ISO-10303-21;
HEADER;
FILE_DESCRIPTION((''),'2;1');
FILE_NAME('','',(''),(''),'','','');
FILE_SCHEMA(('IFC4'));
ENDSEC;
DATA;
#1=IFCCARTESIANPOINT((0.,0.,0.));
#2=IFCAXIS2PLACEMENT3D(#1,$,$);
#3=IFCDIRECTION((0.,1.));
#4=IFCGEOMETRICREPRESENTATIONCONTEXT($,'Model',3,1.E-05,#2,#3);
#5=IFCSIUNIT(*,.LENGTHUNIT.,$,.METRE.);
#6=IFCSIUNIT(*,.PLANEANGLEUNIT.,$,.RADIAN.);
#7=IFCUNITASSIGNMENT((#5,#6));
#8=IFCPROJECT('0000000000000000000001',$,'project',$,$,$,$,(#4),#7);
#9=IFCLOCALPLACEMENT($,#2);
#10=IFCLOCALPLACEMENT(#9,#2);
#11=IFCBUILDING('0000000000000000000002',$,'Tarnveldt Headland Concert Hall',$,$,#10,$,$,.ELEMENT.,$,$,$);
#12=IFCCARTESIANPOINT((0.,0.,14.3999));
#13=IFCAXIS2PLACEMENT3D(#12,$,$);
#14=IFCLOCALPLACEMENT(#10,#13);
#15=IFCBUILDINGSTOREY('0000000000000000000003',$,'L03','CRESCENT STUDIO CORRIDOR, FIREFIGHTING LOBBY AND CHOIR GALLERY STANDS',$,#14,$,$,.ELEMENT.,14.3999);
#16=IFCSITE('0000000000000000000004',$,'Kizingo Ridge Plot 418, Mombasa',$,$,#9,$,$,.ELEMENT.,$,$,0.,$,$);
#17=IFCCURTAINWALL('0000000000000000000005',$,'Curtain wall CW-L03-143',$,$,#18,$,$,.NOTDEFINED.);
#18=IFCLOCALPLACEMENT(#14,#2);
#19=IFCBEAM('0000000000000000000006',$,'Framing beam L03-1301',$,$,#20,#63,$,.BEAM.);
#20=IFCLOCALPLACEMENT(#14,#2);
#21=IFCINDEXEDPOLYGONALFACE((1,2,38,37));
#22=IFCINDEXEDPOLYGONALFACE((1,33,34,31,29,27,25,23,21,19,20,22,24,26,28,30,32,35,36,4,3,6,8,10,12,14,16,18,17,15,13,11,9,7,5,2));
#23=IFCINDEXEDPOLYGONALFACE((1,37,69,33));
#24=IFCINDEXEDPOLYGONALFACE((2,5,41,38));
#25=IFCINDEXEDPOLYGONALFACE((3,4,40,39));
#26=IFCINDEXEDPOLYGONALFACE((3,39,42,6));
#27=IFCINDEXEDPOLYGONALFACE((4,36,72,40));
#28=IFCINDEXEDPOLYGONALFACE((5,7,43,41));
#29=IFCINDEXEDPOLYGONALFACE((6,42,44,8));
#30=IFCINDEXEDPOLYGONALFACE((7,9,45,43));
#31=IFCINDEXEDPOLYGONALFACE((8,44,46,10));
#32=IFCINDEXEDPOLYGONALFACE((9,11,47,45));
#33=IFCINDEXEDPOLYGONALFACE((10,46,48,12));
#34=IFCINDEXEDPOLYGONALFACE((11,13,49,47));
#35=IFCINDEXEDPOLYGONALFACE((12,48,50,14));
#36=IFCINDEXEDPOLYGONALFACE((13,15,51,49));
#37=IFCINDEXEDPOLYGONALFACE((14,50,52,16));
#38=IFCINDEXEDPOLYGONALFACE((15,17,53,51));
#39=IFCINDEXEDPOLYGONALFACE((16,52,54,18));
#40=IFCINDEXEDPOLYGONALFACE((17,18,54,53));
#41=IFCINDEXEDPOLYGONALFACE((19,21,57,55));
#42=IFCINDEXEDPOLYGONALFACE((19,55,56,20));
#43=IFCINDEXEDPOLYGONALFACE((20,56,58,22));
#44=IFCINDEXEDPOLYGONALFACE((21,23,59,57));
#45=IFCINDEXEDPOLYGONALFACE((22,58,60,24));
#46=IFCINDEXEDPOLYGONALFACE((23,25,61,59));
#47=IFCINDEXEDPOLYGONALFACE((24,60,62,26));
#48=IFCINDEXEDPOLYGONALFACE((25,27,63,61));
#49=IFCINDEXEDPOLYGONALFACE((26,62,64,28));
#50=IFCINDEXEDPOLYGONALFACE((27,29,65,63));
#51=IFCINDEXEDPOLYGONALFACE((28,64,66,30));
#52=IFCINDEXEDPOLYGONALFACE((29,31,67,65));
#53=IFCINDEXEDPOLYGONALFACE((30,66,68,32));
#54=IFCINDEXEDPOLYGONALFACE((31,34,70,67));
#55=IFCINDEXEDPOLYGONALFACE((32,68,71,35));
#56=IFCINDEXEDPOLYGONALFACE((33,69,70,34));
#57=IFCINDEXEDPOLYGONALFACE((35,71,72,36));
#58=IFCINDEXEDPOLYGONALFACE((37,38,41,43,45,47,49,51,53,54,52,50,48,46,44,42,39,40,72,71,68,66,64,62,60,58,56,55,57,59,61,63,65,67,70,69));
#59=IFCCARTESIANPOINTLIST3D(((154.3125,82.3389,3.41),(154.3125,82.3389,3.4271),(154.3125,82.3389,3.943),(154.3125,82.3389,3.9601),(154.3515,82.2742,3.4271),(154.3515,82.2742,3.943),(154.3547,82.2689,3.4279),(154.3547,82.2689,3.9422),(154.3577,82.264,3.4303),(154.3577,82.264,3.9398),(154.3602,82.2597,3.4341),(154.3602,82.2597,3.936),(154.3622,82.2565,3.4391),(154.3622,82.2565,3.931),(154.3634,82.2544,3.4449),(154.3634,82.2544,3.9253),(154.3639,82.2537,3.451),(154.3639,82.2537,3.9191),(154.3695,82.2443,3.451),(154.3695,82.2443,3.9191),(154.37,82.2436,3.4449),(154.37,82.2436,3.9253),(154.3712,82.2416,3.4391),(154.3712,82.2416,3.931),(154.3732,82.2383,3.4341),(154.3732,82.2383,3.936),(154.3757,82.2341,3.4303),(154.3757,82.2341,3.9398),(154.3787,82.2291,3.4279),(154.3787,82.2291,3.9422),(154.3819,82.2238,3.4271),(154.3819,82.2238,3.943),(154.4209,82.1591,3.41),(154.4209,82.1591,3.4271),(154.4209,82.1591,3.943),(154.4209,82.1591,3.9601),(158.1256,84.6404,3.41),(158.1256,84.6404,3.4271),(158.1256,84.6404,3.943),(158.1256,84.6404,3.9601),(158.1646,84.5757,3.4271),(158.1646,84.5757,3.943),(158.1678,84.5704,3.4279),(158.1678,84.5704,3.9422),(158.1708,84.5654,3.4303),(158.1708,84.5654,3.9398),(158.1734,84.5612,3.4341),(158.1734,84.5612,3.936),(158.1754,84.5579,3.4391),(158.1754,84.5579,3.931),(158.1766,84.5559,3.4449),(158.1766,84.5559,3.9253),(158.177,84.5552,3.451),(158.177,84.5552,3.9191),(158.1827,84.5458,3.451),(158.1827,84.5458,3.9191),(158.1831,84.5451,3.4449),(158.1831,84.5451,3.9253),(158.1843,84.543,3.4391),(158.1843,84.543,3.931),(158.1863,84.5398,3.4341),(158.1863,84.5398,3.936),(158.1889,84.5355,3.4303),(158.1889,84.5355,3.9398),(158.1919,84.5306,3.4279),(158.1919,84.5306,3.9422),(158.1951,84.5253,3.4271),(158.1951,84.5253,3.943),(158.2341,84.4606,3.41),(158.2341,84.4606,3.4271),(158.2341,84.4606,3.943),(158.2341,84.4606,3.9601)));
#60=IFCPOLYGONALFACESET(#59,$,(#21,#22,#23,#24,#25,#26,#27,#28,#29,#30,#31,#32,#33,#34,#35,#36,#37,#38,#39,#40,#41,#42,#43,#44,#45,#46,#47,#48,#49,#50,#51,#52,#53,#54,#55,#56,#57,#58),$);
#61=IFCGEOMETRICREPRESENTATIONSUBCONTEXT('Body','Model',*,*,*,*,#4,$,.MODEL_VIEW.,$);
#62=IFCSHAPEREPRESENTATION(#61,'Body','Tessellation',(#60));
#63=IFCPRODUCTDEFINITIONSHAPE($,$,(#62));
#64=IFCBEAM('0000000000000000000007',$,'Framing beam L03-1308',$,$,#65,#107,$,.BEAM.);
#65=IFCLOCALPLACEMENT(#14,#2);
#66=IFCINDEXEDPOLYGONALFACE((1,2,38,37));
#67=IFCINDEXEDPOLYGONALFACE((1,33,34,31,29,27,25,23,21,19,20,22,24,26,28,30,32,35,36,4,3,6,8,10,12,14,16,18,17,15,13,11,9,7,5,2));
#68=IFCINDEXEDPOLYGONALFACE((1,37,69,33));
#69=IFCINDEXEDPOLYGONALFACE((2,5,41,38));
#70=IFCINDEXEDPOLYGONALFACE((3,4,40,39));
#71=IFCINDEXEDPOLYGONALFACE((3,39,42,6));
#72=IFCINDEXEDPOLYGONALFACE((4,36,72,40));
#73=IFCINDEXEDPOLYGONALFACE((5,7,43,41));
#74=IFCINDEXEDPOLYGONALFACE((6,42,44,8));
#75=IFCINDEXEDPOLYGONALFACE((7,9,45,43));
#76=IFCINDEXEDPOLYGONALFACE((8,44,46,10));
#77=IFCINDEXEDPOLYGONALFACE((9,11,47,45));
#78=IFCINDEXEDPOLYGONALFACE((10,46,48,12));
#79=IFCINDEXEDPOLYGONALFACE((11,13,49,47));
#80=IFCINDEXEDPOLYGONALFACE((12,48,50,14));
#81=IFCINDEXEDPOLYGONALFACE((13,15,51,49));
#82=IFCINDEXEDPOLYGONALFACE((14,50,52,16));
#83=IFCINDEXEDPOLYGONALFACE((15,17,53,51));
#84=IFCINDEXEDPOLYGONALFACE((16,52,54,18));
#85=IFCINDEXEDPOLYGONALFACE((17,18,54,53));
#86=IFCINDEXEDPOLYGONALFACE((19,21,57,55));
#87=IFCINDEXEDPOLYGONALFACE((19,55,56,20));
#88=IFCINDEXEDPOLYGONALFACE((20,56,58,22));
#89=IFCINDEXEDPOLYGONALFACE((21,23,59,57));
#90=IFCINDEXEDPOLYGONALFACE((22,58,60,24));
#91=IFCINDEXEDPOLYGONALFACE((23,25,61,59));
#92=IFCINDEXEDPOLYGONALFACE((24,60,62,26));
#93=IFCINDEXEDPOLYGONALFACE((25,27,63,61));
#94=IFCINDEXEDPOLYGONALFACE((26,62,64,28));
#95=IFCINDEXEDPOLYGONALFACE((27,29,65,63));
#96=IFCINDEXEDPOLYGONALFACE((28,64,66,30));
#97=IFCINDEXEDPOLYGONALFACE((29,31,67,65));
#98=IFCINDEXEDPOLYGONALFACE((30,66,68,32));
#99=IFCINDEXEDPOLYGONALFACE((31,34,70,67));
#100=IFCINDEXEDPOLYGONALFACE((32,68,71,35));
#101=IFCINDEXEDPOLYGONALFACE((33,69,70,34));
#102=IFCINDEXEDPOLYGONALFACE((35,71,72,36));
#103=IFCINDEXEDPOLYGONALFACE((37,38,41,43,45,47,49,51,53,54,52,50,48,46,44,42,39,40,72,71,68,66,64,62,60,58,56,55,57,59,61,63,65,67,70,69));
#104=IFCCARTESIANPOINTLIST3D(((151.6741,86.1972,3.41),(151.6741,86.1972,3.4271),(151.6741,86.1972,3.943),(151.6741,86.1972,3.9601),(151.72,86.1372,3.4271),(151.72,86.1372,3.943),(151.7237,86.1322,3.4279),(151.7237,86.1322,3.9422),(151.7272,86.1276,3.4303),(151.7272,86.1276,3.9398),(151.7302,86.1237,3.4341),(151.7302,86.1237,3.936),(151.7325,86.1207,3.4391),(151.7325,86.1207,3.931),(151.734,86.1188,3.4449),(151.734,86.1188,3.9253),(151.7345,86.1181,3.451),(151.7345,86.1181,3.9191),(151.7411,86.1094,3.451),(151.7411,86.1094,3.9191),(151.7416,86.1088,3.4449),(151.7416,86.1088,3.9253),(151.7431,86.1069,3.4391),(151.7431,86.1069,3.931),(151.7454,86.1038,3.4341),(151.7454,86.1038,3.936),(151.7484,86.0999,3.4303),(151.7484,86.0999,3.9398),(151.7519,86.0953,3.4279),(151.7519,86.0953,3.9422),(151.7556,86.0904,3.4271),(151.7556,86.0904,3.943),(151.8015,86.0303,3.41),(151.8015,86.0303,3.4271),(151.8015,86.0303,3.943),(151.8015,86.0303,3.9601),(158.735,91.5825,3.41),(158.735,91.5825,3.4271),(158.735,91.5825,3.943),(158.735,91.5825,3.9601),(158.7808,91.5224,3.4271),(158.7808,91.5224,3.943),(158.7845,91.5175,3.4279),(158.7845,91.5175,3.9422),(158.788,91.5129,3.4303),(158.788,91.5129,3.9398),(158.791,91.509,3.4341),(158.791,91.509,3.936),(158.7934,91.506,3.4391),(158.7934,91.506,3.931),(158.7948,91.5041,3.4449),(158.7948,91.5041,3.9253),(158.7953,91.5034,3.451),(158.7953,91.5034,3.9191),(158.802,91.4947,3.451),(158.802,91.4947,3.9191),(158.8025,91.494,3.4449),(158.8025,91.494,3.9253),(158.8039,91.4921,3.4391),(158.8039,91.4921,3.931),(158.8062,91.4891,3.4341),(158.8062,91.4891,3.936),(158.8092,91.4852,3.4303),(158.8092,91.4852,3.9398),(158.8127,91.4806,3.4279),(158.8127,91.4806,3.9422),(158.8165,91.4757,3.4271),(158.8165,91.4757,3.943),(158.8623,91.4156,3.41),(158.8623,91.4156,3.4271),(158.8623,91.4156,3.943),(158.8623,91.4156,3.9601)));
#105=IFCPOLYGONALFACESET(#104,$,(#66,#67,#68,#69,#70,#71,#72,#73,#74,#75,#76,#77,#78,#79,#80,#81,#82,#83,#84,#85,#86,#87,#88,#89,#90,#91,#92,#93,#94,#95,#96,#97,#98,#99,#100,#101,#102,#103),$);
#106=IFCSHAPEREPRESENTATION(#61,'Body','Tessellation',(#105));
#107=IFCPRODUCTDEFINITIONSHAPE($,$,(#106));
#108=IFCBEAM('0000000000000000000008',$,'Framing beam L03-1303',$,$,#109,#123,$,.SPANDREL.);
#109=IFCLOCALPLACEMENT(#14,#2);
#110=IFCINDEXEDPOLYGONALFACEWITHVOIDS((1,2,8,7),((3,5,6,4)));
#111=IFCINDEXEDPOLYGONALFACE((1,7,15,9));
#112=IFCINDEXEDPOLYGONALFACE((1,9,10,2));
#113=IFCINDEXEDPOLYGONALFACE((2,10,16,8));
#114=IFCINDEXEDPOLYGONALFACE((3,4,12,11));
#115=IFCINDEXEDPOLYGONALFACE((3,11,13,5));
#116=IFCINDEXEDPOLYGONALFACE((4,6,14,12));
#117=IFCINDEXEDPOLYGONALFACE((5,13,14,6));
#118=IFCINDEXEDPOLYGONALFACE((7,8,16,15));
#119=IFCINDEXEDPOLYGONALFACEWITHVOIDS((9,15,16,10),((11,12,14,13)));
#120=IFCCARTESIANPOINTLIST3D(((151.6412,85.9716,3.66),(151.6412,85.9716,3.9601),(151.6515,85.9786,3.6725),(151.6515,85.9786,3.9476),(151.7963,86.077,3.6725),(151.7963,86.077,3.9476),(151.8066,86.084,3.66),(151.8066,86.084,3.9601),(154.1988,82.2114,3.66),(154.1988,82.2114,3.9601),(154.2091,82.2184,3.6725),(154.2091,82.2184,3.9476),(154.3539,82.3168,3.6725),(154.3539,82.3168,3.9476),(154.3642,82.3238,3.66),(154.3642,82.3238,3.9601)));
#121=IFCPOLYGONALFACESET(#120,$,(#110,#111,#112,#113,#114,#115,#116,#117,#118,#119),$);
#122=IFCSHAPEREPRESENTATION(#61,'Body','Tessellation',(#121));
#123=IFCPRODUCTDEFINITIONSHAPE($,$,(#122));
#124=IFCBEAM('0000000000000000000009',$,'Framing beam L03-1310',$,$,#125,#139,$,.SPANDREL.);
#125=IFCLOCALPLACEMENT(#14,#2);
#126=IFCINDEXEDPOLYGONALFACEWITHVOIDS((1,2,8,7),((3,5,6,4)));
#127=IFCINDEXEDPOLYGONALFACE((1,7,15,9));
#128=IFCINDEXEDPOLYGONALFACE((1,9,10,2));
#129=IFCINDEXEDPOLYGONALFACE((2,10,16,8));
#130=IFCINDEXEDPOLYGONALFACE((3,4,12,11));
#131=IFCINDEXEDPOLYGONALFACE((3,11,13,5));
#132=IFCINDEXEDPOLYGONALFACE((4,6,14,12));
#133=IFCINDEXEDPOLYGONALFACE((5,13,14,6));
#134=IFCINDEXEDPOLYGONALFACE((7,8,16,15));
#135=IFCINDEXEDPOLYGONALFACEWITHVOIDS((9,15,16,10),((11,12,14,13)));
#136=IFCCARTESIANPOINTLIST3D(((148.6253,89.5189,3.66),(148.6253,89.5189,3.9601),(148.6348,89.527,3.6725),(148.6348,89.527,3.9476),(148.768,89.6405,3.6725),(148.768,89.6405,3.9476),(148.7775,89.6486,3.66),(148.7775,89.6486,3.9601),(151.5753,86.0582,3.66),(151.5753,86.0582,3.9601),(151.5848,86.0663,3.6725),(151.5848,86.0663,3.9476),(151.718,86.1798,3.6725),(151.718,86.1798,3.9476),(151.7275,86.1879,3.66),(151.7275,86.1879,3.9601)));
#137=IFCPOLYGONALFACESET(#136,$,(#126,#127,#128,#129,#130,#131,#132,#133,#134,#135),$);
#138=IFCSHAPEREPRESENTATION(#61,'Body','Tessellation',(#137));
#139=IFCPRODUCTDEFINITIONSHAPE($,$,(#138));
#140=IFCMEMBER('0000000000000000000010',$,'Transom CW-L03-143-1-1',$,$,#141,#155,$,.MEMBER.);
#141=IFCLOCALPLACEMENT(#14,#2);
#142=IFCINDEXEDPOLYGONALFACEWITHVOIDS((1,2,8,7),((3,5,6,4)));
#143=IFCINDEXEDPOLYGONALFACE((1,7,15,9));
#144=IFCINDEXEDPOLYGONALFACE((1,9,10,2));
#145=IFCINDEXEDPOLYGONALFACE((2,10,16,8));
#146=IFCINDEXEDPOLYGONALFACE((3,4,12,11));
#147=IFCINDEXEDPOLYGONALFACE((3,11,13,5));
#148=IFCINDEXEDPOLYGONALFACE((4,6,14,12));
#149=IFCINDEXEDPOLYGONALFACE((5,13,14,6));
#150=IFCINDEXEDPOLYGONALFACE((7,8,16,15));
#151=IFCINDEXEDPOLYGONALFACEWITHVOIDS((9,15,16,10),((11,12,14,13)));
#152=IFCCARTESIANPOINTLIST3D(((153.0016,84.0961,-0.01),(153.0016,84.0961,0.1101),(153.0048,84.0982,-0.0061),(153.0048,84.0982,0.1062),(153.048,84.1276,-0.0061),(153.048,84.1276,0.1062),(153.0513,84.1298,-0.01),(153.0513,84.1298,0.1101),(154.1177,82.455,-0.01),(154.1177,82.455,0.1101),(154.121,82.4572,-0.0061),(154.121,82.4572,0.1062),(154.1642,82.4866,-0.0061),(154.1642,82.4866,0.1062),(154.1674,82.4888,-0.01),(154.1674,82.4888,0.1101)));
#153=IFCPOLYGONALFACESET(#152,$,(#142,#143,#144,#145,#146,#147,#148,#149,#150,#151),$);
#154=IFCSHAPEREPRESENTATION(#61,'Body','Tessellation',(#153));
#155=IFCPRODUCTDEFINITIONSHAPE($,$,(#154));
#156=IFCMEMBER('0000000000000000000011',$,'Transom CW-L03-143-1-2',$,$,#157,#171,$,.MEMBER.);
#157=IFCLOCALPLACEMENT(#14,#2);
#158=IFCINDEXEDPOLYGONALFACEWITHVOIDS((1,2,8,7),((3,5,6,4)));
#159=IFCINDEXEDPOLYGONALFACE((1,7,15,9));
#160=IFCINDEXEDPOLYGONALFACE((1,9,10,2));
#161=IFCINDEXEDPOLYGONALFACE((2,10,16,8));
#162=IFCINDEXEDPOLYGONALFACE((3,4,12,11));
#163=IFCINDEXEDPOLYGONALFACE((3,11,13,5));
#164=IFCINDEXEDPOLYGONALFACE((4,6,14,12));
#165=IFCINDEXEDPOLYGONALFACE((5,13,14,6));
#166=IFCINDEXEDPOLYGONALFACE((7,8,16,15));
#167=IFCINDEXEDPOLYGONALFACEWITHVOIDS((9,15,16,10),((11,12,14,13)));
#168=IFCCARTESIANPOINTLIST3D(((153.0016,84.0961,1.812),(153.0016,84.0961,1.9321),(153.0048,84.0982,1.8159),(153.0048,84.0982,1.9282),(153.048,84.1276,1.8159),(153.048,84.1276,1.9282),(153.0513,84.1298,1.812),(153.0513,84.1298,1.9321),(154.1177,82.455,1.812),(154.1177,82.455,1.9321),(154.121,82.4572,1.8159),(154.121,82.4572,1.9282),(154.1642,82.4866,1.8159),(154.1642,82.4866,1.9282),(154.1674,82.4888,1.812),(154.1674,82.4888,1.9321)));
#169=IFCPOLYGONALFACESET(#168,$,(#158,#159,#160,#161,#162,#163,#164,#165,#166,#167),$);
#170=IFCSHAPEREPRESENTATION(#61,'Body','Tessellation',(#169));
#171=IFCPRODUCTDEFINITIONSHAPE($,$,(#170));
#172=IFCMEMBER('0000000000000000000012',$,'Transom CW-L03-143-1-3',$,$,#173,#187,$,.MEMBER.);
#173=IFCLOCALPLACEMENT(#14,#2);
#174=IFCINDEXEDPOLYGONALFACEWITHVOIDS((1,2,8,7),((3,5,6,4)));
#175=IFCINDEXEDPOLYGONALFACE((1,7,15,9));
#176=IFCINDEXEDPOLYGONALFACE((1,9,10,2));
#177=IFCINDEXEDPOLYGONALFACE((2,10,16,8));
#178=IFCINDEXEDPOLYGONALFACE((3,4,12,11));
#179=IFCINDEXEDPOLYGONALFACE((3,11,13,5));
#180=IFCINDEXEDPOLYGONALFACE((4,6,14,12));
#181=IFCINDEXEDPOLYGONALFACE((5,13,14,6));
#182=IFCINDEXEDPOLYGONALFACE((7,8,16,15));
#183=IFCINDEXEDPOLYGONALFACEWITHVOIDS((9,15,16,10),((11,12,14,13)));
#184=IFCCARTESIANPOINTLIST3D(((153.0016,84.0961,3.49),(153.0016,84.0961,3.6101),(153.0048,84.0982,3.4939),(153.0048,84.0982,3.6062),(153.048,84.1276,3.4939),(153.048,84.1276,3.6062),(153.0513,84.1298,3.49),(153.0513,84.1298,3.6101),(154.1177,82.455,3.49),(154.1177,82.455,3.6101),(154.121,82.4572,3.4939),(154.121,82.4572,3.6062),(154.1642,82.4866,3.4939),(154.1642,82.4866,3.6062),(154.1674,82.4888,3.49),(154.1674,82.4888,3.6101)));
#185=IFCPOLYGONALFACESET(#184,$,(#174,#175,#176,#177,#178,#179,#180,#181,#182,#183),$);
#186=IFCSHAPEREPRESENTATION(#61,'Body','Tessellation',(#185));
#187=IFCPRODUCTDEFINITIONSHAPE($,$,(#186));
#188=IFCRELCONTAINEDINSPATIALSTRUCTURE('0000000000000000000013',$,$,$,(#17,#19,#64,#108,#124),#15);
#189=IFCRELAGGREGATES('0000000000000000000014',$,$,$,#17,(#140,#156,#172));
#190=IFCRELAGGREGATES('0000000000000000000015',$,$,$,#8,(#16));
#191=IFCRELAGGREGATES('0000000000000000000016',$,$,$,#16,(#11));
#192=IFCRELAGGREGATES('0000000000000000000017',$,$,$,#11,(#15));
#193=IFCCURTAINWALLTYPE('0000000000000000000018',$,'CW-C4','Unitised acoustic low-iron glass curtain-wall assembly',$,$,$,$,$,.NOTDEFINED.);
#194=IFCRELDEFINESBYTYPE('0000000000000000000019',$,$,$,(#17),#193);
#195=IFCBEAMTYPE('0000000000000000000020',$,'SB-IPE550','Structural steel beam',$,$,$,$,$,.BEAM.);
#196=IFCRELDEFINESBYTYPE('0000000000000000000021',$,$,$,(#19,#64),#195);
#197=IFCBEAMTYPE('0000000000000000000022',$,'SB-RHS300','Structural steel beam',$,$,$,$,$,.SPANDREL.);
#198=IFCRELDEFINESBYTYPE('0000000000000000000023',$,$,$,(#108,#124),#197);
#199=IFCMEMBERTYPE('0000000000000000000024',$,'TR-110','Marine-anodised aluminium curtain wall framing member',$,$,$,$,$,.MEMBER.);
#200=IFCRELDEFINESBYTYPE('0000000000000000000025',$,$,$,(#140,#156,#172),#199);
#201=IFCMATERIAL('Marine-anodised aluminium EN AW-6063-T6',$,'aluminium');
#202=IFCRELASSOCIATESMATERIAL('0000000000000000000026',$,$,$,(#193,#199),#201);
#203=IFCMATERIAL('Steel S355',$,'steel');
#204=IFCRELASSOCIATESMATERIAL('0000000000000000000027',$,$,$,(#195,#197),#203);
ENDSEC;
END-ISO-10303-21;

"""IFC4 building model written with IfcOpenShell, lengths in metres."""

from ifc_helpers import new_model, si_unit, direction, frame, origin, origin_2d, place, context, subcontext, project, spatial, hollow_rectangle, i_section, extrude, material, material_profile, profile_set, type_object, element, aggregate, save


model = new_model("IFC4")

# Units and contexts
model_context = context("Model", 3, precision=1e-05, world=origin(), true_north=direction((0.0, 1.0)))
body_context = subcontext(model_context, "Body", "Model", "MODEL_VIEW")
ifc_project = project(units=[si_unit("LENGTHUNIT", "METRE"), si_unit("PLANEANGLEUNIT", "RADIAN")], contexts=[model_context])

# Site, building, storey
site_placement = place(None, origin())
site = spatial("IfcSite", under=ifc_project, at=site_placement, Name="Kizingo Ridge Plot 418, Mombasa", CompositionType="ELEMENT", RefElevation=0.0)
building_placement = place(site_placement, origin())
building = spatial("IfcBuilding", under=site, at=building_placement, Name="Tarnveldt Headland Concert Hall", CompositionType="ELEMENT")
storey_placement = place(building_placement, frame((0.0, 0.0, 14.3999)))
storey = spatial("IfcBuildingStorey", under=building, at=storey_placement, Name="L03", Description="CRESCENT STUDIO CORRIDOR, FIREFIGHTING LOBBY AND CHOIR GALLERY STANDS", CompositionType="ELEMENT", Elevation=14.3999)

# Shared definitions
ifc_material_1 = material(Name="Steel S355", Category="steel")

# Curtain wall
ifc_material_2 = material(Name="Marine-anodised aluminium EN AW-6063-T6", Category="aluminium")
curtain_wall_type = type_object("IfcCurtainWallType", Name="CW-C4", Description="Unitised acoustic low-iron glass curtain-wall assembly", PredefinedType="NOTDEFINED", material=ifc_material_2)
curtain_wall_1_placement = place(storey_placement, origin())
curtain_wall_1 = element("IfcCurtainWall", 1, at=curtain_wall_1_placement, inside=storey, type_object=curtain_wall_type, Name="Curtain wall CW-L03-143", PredefinedType="NOTDEFINED")

# Beams
ifc_material_profile_1 = material_profile(ifc_material_1, i_section(OverallWidth=0.21, OverallDepth=0.55, WebThickness=0.011, FlangeThickness=0.0171, FilletRadius=0.0239, at=origin_2d()), Name="IPE550", Category="steel")
ifc_profile_set_1 = profile_set([ifc_material_profile_1], Name="Steel S355")
beam_type_1 = type_object("IfcBeamType", Name="SB-IPE550", Description="Structural steel beam", PredefinedType="BEAM", material=ifc_profile_set_1)
beam_1_placement = place(storey_placement, frame((154.3667, 82.249, 3.6851), z_axis=(0.856145, 0.516735, 0.0), x_axis=(-0.516735, 0.856145, 0.0)))
element("IfcBeam", 2, at=beam_1_placement, inside=storey, type_object=beam_type_1, Name="Framing beam L03-1301", PredefinedType="BEAM", context=body_context, shape_type="SweptSolid", body=[
    extrude(i_section(OverallWidth=0.21, OverallDepth=0.55, WebThickness=0.011, FlangeThickness=0.0171, FilletRadius=0.0239, at=origin_2d()), origin(), (0.0, 0.0, 1.0), 4.4539),
])
beam_2_placement = place(storey_placement, frame((151.7378, 86.1138, 3.6851), z_axis=(0.795127, 0.606442, 0.0), x_axis=(-0.606442, 0.795127, 0.0)))
element("IfcBeam", 3, at=beam_2_placement, inside=storey, type_object=beam_type_1, Name="Framing beam L03-1308", PredefinedType="BEAM", context=body_context, shape_type="SweptSolid", body=[
    extrude(i_section(OverallWidth=0.21, OverallDepth=0.55, WebThickness=0.011, FlangeThickness=0.0171, FilletRadius=0.0239, at=origin_2d()), origin(), (0.0, 0.0, 1.0), 8.8801),
])
ifc_material_profile_2 = material_profile(ifc_material_1, hollow_rectangle(XDim=0.2, YDim=0.3, WallThickness=0.0125, at=origin_2d()), Name="RHS 300x200x12.5", Category="steel")
ifc_profile_set_2 = profile_set([ifc_material_profile_2], Name="Steel S355")
beam_type_2 = type_object("IfcBeamType", Name="SB-RHS300", Description="Structural steel beam", PredefinedType="SPANDREL", material=ifc_profile_set_2)
beam_3_placement = place(storey_placement, frame((154.2815, 82.2676, 3.8101), z_axis=(-0.562407, 0.826861, 0.0), x_axis=(-0.826861, -0.562407, 0.0)))
element("IfcBeam", 4, at=beam_3_placement, inside=storey, type_object=beam_type_2, Name="Framing beam L03-1303", PredefinedType="SPANDREL", context=body_context, shape_type="SweptSolid", body=[
    extrude(hollow_rectangle(XDim=0.2, YDim=0.3, WallThickness=0.0125, at=origin_2d()), origin(), (0.0, 0.0, 1.0), 4.5476),
])
beam_4_placement = place(storey_placement, frame((151.6514, 86.123, 3.8101), z_axis=(-0.648715, 0.761031, 0.0), x_axis=(-0.761031, -0.648715, 0.0)))
element("IfcBeam", 5, at=beam_4_placement, inside=storey, type_object=beam_type_2, Name="Framing beam L03-1310", PredefinedType="SPANDREL", context=body_context, shape_type="SweptSolid", body=[
    extrude(hollow_rectangle(XDim=0.2, YDim=0.3, WallThickness=0.0125, at=origin_2d()), origin(), (0.0, 0.0, 1.0), 4.5474),
])

# Members
ifc_material_profile_3 = material_profile(ifc_material_2, hollow_rectangle(XDim=0.0601, YDim=0.1201, WallThickness=0.0039, at=origin_2d()), Name="ALU TRANSOM 60x120x4", Category="aluminium")
ifc_profile_set_3 = profile_set([ifc_material_profile_3], Name="Marine-anodised aluminium EN AW-6063-T6")
member_type_1 = type_object("IfcMemberType", Name="TR-110", Description="Marine-anodised aluminium curtain wall framing member", PredefinedType="MEMBER", material=ifc_profile_set_3)
member_1_placement = place(storey_placement, frame((154.1426, 82.4719, 0.05), z_axis=(-0.562397, 0.826867, 0.0), x_axis=(-0.826867, -0.562397, 0.0)))
member_1 = element("IfcMember", 6, at=member_1_placement, type_object=member_type_1, Name="Transom CW-L03-143-1-1", PredefinedType="MEMBER", context=body_context, shape_type="SweptSolid", body=[
    extrude(hollow_rectangle(XDim=0.0601, YDim=0.1201, WallThickness=0.0039, at=origin_2d()), origin(), (0.0, 0.0, 1.0), 1.9846),
])
member_2_placement = place(storey_placement, frame((154.1426, 82.4719, 1.8721), z_axis=(-0.562397, 0.826867, 0.0), x_axis=(-0.826867, -0.562397, 0.0)))
member_2 = element("IfcMember", 7, at=member_2_placement, type_object=member_type_1, Name="Transom CW-L03-143-1-2", PredefinedType="MEMBER", context=body_context, shape_type="SweptSolid", body=[
    extrude(hollow_rectangle(XDim=0.0601, YDim=0.1201, WallThickness=0.0039, at=origin_2d()), origin(), (0.0, 0.0, 1.0), 1.9846),
])
member_3_placement = place(storey_placement, frame((154.1426, 82.4719, 3.55), z_axis=(-0.562397, 0.826867, 0.0), x_axis=(-0.826867, -0.562397, 0.0)))
member_3 = element("IfcMember", 8, at=member_3_placement, type_object=member_type_1, Name="Transom CW-L03-143-1-3", PredefinedType="MEMBER", context=body_context, shape_type="SweptSolid", body=[
    extrude(hollow_rectangle(XDim=0.0601, YDim=0.1201, WallThickness=0.0039, at=origin_2d()), origin(), (0.0, 0.0, 1.0), 1.9846),
])

aggregate(curtain_wall_1, [member_1, member_2, member_3])

save(model, "model.ifc")
